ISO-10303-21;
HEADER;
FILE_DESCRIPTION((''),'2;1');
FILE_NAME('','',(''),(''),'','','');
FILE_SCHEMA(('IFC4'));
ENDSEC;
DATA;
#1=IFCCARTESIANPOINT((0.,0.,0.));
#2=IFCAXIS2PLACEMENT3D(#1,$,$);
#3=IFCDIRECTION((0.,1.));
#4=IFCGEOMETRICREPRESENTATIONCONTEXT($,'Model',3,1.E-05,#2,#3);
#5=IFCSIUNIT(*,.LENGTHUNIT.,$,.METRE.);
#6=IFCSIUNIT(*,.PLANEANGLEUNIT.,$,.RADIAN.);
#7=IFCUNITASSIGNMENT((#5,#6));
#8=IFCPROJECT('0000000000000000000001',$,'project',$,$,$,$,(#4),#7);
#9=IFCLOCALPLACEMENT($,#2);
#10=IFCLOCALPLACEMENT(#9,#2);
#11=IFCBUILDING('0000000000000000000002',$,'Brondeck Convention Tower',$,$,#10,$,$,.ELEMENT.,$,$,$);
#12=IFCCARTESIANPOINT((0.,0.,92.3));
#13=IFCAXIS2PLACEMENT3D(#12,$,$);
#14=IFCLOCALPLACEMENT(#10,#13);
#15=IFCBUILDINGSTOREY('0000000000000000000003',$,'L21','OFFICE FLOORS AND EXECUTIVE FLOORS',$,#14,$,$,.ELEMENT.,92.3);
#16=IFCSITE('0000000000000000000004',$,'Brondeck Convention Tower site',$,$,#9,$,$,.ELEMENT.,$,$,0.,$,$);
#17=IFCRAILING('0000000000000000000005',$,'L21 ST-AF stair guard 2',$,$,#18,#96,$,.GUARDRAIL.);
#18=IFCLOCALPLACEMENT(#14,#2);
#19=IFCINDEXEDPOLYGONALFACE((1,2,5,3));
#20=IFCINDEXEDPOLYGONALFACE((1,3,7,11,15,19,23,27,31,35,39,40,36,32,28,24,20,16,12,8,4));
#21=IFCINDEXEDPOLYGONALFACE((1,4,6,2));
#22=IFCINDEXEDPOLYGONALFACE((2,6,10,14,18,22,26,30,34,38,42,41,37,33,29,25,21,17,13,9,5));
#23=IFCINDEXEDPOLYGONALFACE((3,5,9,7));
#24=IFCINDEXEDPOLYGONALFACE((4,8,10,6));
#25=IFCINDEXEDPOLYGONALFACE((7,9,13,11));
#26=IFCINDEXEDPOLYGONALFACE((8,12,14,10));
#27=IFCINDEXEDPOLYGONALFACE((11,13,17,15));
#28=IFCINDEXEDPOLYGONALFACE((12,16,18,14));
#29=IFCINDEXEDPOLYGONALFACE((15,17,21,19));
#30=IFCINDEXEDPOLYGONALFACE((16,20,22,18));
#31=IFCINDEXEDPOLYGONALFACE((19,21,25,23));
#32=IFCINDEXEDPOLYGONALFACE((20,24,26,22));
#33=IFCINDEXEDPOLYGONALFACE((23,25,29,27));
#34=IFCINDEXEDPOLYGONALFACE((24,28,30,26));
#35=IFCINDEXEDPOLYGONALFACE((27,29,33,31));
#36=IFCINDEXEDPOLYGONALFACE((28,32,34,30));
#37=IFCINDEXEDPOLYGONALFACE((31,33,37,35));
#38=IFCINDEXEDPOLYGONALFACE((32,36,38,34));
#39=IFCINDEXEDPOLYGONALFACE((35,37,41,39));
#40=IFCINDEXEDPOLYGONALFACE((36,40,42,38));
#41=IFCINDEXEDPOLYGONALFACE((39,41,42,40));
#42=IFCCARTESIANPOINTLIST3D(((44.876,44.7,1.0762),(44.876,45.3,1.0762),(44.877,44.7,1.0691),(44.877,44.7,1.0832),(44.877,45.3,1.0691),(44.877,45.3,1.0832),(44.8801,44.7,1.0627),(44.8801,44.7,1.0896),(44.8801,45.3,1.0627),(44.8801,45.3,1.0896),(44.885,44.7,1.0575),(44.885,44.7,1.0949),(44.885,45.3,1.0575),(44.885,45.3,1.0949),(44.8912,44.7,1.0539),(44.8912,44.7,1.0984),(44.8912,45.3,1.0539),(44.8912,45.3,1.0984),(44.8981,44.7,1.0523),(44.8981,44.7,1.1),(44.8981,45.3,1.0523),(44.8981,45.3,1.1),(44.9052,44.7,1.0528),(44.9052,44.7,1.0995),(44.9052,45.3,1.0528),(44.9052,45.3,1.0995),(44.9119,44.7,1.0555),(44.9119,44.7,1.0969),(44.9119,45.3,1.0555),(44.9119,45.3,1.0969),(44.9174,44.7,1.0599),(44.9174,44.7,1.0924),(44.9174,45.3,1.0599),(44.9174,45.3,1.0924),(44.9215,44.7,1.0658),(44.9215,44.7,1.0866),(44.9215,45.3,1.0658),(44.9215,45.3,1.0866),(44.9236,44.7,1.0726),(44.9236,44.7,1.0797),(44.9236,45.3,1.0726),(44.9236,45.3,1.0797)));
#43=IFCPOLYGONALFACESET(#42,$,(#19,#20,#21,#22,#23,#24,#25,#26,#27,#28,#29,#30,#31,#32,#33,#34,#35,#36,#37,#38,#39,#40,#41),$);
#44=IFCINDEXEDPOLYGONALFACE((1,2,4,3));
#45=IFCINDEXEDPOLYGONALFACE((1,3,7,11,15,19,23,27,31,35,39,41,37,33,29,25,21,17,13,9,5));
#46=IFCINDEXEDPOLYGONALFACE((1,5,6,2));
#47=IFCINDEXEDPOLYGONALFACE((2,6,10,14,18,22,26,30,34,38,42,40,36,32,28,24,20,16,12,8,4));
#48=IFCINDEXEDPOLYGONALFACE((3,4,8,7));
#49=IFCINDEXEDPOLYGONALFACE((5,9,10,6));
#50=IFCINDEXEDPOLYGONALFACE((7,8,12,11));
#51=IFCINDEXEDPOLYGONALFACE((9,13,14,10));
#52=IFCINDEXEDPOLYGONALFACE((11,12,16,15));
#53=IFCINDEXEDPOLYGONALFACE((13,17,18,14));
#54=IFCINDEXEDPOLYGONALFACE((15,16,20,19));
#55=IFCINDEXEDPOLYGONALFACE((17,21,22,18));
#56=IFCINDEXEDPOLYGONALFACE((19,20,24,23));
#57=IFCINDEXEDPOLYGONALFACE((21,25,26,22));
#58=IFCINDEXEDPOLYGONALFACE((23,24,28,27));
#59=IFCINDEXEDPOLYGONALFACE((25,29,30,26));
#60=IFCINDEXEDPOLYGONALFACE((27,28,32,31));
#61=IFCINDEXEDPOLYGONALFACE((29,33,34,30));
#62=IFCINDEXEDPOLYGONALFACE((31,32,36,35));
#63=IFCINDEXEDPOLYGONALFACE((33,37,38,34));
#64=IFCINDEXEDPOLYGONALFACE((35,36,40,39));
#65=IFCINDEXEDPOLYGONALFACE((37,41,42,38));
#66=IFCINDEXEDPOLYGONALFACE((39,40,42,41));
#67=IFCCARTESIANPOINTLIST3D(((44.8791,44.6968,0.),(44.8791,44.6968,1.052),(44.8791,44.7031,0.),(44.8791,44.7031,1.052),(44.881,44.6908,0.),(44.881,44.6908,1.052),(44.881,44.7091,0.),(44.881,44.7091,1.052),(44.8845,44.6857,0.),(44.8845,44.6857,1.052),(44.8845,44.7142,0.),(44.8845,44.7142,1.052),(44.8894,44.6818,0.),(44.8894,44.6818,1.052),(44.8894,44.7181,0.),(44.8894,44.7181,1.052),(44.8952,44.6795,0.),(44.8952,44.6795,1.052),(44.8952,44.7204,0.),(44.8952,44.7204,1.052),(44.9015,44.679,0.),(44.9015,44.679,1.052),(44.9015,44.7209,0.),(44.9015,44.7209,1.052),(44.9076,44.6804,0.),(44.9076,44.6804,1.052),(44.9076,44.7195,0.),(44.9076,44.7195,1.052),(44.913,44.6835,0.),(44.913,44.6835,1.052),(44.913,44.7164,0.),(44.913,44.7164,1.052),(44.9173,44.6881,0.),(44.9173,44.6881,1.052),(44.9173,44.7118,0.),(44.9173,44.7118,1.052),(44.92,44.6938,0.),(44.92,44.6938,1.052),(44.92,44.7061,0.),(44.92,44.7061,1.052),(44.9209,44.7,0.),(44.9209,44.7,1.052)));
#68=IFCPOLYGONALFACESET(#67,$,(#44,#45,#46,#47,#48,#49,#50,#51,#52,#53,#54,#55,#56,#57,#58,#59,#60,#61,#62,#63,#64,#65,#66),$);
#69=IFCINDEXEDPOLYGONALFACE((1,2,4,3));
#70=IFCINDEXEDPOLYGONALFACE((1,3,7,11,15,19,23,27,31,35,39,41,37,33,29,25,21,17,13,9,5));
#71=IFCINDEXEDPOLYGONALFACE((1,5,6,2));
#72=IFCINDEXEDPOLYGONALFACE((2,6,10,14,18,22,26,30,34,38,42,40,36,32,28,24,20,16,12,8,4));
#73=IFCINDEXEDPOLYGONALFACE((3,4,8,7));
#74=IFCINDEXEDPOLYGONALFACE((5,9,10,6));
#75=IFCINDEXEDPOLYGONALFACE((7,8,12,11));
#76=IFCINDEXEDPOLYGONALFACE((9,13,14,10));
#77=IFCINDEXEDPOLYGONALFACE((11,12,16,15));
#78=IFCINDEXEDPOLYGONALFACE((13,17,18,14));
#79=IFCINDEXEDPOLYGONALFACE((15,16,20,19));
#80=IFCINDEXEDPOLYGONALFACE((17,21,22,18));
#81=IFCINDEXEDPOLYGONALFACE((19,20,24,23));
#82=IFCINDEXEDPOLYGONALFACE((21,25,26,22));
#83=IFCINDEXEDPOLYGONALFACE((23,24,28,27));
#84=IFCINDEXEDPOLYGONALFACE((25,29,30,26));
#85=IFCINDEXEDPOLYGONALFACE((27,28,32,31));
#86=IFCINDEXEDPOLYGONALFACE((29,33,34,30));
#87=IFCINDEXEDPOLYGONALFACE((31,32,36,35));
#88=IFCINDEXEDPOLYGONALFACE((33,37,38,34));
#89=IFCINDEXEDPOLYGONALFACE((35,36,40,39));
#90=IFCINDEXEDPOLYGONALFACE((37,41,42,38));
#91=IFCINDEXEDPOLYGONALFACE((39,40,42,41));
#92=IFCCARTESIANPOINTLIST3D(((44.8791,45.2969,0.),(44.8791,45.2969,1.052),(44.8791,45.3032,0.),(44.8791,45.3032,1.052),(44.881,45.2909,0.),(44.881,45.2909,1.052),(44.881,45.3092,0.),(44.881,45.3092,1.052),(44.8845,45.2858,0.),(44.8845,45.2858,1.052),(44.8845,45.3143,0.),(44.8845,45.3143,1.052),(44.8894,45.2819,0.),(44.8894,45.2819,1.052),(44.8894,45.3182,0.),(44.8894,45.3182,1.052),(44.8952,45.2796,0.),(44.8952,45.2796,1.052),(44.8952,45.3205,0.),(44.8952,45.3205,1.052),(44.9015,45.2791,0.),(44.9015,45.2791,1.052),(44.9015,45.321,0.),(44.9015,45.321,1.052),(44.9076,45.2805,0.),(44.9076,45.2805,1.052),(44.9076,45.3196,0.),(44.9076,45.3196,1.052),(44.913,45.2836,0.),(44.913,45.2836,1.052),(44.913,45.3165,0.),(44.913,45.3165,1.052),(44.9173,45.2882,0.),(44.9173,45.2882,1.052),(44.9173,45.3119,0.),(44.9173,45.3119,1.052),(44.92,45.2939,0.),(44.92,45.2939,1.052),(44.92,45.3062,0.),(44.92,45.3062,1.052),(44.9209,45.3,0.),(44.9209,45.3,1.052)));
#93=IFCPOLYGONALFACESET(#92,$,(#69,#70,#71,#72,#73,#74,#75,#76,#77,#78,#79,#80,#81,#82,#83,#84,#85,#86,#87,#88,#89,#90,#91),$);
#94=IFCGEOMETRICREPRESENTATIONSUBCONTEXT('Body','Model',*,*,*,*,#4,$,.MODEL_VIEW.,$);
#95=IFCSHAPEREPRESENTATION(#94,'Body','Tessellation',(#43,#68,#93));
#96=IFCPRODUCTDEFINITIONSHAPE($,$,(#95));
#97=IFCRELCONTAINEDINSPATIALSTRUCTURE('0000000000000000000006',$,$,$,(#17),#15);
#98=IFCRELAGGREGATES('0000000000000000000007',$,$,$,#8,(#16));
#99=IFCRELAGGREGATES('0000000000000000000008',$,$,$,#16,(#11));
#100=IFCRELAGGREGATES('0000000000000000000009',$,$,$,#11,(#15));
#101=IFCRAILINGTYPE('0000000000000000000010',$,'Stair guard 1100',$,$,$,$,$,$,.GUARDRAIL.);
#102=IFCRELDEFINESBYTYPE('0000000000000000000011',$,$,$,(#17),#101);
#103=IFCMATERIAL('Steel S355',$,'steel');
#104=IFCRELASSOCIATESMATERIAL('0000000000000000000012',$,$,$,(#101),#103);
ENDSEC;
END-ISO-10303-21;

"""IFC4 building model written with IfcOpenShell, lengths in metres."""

from ifc_helpers import new_model, si_unit, direction, frame, origin, origin_2d, place, context, subcontext, project, spatial, circle, extrude, material, type_object, element, save


model = new_model("IFC4")

# Units and contexts
model_context = context("Model", 3, precision=1e-05, world=origin(), true_north=direction((0.0, 1.0)))
body_context = subcontext(model_context, "Body", "Model", "MODEL_VIEW")
ifc_project = project(units=[si_unit("LENGTHUNIT", "METRE"), si_unit("PLANEANGLEUNIT", "RADIAN")], contexts=[model_context])

# Site, building, storey
site_placement = place(None, origin())
site = spatial("IfcSite", under=ifc_project, at=site_placement, Name="Brondeck Convention Tower site", CompositionType="ELEMENT", RefElevation=0.0)
building_placement = place(site_placement, origin())
building = spatial("IfcBuilding", under=site, at=building_placement, Name="Brondeck Convention Tower", CompositionType="ELEMENT")
storey_placement = place(building_placement, frame((0.0, 0.0, 92.3)))
storey = spatial("IfcBuildingStorey", under=building, at=storey_placement, Name="L21", Description="OFFICE FLOORS AND EXECUTIVE FLOORS", CompositionType="ELEMENT", Elevation=92.3)

# Shared definitions
ifc_material_1 = material(Name="Steel S355", Category="steel")

# Railing
railing_type_1 = type_object("IfcRailingType", Name="Stair guard 1100", PredefinedType="GUARDRAIL", material=ifc_material_1)
railing_1_placement = place(storey_placement, frame((44.8999, 44.7, 0.0)))
element("IfcRailing", 1, at=railing_1_placement, inside=storey, type_object=railing_type_1, Name="L21 ST-AF stair guard 2", PredefinedType="GUARDRAIL", context=body_context, shape_type="SweptSolid", body=[
    extrude(circle(Radius=0.0239, at=origin_2d()), frame((0.0, 0.0, 1.0762), z_axis=(0.0, 1.0, 0.0), x_axis=(-1.0, 0.0, 0.0)), (0.0, 0.0, 1.0), 0.6001),
    extrude(circle(Radius=0.021, at=origin_2d()), origin(), (0.0, 0.0, 1.0), 1.052),
    extrude(circle(Radius=0.021, at=origin_2d()), frame((0.0, 0.6001, 0.0)), (0.0, 0.0, 1.0), 1.052),
])

save(model, "model.ifc")
